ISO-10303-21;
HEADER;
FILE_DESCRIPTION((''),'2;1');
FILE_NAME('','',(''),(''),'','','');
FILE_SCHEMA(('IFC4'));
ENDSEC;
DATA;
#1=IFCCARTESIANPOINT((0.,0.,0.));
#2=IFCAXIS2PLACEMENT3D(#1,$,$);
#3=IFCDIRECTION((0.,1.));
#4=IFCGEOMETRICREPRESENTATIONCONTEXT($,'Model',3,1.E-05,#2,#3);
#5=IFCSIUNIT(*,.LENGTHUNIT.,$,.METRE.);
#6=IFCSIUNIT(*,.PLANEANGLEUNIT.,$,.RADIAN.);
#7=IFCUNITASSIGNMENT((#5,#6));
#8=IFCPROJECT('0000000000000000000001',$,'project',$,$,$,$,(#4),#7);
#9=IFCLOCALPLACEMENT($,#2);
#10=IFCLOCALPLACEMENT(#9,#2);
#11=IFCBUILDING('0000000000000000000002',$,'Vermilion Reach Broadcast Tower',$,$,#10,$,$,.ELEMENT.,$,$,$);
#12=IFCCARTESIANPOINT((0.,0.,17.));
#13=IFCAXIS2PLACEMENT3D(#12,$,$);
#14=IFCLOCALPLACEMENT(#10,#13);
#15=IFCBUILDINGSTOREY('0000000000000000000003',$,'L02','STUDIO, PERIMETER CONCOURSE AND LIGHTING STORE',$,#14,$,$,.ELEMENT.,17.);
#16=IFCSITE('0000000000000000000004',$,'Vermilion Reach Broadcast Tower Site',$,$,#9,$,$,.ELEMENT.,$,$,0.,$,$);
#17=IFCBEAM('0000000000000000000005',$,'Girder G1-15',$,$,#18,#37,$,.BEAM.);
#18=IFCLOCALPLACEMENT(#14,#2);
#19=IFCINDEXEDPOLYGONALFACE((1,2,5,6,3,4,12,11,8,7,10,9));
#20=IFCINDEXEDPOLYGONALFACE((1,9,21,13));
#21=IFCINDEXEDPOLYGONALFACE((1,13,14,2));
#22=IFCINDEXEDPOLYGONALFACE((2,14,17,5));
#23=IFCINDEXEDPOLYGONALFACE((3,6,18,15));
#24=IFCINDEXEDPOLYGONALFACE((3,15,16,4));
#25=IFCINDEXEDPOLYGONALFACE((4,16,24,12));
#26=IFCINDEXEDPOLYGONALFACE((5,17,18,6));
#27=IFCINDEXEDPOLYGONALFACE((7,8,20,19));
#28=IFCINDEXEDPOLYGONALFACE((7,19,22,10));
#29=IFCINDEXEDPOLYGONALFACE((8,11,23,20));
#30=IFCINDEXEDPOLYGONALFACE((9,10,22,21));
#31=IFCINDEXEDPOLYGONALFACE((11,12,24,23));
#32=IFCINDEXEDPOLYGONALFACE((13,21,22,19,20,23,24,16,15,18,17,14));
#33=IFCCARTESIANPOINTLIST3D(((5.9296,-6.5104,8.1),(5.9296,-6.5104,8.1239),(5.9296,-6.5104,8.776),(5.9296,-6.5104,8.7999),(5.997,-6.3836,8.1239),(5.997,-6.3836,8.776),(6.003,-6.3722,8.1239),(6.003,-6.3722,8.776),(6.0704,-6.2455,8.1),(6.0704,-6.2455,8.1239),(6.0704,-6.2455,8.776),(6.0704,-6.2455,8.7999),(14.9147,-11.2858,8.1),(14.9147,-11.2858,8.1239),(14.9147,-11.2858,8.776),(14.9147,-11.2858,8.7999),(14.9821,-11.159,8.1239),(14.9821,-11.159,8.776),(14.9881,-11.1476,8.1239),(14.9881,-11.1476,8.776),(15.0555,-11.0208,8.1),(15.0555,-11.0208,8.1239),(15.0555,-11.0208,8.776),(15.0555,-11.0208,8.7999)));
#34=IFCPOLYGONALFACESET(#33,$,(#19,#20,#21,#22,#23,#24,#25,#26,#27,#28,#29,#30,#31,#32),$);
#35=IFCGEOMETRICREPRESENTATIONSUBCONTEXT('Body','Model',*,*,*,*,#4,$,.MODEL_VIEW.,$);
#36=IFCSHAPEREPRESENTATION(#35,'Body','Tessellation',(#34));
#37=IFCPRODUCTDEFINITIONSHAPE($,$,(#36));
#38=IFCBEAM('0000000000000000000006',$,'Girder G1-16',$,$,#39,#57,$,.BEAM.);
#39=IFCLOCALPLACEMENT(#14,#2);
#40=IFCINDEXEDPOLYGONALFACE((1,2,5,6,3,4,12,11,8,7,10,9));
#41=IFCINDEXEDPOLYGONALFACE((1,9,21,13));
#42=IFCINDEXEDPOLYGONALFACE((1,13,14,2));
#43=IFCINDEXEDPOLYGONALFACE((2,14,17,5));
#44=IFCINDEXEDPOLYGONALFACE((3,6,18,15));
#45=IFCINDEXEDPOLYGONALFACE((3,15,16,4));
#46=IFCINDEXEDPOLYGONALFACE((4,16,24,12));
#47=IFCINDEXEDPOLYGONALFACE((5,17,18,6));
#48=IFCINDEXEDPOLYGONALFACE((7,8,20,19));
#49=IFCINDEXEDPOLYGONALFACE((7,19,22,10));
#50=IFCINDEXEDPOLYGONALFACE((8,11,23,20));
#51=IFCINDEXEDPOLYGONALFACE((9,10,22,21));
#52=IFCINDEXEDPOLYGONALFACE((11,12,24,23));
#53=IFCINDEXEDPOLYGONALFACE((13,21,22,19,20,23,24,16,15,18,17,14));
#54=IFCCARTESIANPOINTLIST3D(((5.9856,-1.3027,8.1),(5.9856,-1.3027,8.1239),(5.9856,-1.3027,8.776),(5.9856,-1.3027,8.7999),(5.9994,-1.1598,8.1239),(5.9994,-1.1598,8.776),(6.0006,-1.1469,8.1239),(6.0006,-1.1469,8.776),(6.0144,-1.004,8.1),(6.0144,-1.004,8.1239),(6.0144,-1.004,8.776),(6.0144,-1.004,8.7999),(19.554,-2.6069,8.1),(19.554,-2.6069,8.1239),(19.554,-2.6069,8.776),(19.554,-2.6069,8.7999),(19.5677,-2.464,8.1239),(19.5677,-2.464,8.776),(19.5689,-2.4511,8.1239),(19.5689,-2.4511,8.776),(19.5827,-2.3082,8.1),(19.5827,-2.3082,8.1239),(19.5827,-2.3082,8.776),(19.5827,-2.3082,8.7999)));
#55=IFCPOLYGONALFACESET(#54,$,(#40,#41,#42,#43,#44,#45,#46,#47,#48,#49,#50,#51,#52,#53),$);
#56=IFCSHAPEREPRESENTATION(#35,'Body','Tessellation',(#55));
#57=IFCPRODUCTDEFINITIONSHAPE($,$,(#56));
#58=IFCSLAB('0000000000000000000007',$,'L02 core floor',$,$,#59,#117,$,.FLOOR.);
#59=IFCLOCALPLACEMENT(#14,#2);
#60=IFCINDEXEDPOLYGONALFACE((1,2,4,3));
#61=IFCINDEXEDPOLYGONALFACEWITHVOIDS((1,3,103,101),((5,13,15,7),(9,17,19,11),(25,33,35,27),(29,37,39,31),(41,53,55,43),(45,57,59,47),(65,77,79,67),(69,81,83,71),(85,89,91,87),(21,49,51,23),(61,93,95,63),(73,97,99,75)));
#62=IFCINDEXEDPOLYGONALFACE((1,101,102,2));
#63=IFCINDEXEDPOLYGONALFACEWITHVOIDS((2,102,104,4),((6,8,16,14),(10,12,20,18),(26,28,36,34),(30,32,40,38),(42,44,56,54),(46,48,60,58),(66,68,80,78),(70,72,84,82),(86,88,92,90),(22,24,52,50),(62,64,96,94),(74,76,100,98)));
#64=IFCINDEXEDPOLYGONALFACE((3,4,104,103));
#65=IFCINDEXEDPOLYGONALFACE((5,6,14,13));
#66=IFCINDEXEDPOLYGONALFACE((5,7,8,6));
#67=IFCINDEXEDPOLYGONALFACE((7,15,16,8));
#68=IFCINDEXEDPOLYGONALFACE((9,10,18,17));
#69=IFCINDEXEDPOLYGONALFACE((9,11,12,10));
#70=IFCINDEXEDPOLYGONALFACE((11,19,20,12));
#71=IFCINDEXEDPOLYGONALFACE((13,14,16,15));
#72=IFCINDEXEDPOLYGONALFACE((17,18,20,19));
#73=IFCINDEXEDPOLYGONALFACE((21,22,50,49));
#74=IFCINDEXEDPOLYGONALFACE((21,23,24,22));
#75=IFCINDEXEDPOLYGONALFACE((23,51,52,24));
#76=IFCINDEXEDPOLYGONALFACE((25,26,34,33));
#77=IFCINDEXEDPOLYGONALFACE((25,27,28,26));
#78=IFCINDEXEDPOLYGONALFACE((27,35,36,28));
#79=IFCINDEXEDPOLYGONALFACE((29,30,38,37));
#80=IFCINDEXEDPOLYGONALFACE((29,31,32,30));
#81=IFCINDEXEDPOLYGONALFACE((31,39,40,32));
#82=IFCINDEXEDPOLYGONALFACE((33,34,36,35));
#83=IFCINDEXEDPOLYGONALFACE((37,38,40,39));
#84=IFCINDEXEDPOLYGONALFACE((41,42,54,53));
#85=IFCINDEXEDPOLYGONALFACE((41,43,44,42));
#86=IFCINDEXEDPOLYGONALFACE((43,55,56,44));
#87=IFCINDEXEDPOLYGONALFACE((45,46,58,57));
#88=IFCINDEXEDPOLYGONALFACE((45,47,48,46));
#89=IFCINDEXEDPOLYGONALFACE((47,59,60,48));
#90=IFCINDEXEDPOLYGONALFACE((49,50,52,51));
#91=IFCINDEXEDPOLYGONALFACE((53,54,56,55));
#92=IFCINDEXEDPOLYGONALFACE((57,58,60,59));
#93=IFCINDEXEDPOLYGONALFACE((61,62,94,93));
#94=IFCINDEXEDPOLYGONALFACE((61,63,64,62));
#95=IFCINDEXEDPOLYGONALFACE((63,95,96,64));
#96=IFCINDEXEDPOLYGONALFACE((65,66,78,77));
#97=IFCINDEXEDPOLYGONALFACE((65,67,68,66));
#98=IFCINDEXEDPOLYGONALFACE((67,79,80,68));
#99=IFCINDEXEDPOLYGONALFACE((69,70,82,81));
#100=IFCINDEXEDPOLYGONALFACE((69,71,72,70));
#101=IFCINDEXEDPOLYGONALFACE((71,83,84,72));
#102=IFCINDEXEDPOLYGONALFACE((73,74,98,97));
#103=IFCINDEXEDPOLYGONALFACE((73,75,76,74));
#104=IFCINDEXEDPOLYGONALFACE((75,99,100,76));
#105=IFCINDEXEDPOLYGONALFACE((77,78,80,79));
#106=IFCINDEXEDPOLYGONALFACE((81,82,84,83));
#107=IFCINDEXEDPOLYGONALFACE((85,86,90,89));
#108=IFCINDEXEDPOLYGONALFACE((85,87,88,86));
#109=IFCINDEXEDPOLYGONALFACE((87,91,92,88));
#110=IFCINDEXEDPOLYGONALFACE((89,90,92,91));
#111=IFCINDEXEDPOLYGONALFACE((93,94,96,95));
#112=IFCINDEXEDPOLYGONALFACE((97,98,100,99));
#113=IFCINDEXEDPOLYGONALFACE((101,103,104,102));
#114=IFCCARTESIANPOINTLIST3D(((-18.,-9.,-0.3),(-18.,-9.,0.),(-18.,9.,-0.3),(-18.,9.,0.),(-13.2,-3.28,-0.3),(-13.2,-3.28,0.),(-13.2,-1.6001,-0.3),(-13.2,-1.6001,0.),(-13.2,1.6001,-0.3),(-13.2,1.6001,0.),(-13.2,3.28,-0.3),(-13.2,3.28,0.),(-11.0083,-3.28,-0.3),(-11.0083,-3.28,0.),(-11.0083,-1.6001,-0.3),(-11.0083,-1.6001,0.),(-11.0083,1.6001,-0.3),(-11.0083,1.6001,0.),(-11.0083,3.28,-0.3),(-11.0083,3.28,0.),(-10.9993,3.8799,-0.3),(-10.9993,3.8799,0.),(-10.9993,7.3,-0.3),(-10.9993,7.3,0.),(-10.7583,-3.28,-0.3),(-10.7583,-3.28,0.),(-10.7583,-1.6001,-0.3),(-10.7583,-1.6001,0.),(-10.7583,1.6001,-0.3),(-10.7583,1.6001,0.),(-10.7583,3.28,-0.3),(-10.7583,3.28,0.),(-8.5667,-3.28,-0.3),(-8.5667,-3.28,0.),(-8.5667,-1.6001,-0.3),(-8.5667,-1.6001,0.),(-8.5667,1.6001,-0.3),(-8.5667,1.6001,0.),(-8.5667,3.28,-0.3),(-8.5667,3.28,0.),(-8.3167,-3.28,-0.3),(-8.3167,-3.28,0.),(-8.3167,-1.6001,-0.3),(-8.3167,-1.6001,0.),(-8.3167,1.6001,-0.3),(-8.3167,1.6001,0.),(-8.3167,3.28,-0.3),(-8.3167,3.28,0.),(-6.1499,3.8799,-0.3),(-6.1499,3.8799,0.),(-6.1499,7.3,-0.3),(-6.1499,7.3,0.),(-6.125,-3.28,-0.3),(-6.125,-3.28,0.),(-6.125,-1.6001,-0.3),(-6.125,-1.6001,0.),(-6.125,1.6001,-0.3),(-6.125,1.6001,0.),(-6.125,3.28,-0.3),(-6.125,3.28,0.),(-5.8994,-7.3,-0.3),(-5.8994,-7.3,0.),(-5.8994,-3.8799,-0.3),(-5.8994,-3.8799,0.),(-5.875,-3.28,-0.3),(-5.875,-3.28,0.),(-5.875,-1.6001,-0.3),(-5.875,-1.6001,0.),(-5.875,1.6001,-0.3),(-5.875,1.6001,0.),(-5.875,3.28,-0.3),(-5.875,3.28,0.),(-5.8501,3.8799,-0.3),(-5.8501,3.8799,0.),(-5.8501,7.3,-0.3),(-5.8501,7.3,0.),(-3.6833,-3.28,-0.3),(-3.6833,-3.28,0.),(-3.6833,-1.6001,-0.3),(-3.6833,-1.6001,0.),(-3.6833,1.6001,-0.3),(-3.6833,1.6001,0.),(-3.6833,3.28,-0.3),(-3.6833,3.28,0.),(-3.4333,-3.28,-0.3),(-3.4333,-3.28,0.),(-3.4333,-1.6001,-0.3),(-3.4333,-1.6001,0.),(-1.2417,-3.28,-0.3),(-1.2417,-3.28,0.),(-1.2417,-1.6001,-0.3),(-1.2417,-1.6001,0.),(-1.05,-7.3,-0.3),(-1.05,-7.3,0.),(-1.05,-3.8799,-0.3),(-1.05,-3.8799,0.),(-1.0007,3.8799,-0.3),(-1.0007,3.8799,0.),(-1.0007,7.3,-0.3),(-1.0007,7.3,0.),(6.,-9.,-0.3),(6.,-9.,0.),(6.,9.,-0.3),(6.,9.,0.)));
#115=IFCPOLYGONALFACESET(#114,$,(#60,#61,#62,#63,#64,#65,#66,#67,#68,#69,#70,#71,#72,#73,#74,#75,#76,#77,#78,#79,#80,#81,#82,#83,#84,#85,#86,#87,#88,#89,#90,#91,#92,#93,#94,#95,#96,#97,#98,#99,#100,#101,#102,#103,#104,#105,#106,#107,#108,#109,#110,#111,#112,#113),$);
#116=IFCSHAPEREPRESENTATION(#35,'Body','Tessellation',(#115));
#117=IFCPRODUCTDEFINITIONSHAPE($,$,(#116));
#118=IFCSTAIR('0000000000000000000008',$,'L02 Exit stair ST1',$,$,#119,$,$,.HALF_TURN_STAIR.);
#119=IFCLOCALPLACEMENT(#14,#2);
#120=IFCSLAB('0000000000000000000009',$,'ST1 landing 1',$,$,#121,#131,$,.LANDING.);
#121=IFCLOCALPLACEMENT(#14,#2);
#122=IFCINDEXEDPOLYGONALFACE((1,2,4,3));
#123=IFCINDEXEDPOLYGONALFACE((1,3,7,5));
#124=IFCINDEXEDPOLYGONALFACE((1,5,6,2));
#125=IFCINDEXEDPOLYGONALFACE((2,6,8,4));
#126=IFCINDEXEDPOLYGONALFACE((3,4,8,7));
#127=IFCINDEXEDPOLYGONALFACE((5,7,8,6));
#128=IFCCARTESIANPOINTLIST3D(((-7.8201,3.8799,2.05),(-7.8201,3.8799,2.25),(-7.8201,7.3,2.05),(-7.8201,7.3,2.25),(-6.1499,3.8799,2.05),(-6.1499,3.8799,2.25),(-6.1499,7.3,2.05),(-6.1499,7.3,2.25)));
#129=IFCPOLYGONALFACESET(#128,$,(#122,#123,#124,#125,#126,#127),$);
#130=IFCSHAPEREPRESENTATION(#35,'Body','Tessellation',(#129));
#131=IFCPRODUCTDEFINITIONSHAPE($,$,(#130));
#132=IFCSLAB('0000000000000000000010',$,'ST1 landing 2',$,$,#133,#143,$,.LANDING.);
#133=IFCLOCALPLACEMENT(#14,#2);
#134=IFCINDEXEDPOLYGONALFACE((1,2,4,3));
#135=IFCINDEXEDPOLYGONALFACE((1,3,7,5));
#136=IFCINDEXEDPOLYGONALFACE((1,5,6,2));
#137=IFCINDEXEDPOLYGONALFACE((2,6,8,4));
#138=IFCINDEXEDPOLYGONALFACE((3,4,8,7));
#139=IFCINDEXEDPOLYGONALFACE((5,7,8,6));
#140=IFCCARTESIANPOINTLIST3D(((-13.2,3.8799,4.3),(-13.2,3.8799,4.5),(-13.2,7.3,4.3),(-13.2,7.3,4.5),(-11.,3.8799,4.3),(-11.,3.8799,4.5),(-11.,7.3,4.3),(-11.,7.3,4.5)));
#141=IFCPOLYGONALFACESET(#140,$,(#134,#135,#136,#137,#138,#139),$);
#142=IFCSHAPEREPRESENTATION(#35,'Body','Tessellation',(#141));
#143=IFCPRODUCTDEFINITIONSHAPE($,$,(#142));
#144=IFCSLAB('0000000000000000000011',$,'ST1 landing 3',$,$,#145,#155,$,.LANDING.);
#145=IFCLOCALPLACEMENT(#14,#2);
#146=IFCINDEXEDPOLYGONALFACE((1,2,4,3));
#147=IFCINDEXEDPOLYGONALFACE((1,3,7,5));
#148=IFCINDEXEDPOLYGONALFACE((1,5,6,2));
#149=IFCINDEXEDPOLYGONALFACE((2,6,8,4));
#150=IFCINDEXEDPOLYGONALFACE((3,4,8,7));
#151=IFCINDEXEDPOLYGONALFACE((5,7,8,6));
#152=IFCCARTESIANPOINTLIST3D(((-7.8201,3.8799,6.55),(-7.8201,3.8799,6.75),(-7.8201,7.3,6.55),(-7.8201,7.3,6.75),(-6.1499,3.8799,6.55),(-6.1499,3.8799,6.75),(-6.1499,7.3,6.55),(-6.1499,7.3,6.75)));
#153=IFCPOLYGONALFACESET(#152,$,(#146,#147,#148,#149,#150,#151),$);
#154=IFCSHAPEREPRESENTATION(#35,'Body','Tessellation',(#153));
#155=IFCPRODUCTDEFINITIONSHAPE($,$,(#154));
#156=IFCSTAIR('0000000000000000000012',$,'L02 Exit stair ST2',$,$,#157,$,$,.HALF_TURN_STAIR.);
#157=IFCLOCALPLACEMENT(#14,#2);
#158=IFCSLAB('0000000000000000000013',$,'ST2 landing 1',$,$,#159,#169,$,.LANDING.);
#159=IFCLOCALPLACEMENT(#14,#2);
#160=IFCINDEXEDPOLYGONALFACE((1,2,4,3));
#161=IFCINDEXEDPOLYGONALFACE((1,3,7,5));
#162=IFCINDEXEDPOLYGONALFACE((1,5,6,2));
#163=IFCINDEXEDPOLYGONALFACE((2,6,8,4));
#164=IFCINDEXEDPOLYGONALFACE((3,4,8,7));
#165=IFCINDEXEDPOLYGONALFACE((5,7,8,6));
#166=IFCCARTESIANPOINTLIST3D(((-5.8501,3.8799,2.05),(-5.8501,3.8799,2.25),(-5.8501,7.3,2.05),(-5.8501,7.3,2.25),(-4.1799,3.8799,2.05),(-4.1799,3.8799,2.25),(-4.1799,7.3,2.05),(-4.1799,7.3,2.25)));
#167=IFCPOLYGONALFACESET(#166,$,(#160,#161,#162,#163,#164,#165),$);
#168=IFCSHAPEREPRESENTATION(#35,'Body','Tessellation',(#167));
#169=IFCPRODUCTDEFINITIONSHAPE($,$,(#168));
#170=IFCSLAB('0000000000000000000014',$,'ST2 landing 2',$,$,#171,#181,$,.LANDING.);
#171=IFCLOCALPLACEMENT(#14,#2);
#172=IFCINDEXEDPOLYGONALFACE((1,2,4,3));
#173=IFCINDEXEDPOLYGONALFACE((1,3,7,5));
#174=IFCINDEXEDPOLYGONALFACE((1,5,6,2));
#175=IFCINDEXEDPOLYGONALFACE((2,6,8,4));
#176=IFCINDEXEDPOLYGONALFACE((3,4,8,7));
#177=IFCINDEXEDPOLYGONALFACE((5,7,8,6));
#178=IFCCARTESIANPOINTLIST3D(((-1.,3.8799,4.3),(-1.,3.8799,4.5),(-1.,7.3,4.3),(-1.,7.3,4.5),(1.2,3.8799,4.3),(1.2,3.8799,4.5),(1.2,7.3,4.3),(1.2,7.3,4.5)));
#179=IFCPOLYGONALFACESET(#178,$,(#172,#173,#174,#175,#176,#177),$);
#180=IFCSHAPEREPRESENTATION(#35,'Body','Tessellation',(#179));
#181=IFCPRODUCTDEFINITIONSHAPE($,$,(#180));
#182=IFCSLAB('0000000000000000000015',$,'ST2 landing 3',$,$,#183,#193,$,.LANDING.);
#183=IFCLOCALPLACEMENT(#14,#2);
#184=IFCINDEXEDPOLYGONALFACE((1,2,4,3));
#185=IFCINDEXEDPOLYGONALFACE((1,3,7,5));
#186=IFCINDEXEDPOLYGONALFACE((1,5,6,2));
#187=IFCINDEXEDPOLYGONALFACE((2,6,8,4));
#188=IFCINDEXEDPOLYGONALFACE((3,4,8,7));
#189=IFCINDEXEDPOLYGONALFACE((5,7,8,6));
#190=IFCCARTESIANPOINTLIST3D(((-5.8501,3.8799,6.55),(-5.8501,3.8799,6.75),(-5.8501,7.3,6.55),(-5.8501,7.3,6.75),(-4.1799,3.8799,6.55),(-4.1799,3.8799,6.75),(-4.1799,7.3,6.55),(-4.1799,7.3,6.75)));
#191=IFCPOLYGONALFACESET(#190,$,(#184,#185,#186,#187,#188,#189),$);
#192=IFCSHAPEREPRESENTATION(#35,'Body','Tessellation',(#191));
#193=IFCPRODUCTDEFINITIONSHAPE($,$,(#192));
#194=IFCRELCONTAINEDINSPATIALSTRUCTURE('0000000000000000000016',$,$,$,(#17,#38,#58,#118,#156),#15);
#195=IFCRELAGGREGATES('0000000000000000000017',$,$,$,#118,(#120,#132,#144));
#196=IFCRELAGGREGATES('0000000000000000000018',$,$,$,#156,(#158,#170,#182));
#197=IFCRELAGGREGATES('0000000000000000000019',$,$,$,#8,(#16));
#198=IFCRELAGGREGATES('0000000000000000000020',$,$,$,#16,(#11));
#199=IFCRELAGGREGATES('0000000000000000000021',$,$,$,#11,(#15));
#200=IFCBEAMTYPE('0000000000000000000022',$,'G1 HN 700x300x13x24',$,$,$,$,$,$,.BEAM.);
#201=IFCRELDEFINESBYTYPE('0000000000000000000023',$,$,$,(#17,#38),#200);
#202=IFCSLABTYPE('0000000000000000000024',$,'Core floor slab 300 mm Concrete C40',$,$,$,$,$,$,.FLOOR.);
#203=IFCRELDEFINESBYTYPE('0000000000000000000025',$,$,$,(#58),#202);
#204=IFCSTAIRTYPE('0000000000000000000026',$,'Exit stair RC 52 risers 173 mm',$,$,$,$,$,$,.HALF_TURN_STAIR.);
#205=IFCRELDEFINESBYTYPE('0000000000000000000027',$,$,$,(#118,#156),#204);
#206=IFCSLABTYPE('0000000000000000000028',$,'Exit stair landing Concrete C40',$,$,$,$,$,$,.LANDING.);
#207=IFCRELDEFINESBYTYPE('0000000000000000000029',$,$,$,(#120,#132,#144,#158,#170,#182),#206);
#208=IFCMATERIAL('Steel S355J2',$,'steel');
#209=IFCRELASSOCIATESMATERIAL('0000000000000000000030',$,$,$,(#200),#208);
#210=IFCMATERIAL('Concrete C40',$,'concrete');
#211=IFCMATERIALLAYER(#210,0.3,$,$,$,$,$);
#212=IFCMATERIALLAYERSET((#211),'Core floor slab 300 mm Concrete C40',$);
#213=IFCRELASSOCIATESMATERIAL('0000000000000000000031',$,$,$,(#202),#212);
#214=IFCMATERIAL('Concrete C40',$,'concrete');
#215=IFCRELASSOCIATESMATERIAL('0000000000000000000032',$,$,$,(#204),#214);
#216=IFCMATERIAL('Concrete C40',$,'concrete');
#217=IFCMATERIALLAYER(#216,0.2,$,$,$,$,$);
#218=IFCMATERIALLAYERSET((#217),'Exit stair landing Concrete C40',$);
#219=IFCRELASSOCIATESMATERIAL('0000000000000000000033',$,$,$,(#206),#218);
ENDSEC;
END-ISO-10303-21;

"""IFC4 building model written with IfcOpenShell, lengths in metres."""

from ifc_helpers import new_model, si_unit, direction, frame, origin, origin_2d, place, context, subcontext, project, spatial, polyline, i_section, outline, extrude, material, layer, layer_set, material_profile, profile_set, type_object, element, aggregate, save


model = new_model("IFC4")

# Units and contexts
model_context = context("Model", 3, precision=1e-05, world=origin(), true_north=direction((0.0, 1.0)))
body_context = subcontext(model_context, "Body", "Model", "MODEL_VIEW")
ifc_project = project(units=[si_unit("LENGTHUNIT", "METRE"), si_unit("PLANEANGLEUNIT", "RADIAN")], contexts=[model_context])

# Site, building, storey
site_placement = place(None, origin())
site = spatial("IfcSite", under=ifc_project, at=site_placement, Name="Vermilion Reach Broadcast Tower Site", CompositionType="ELEMENT", RefElevation=0.0)
building_placement = place(site_placement, origin())
building = spatial("IfcBuilding", under=site, at=building_placement, Name="Vermilion Reach Broadcast Tower", CompositionType="ELEMENT")
storey_placement = place(building_placement, frame((0.0, 0.0, 17.0)))
storey = spatial("IfcBuildingStorey", under=building, at=storey_placement, Name="L02", Description="STUDIO, PERIMETER CONCOURSE AND LIGHTING STORE", CompositionType="ELEMENT", Elevation=17.0)

# Beams
ifc_material_1 = material(Name="Steel S355J2", Category="steel")
ifc_material_profile = material_profile(ifc_material_1, i_section(OverallWidth=0.3, OverallDepth=0.7, WebThickness=0.0129, FlangeThickness=0.0239, at=origin_2d()), Name="S355J2 HN 700x300x13x24")
ifc_profile_set = profile_set([ifc_material_profile], Name="Steel S355J2")
beam_type = type_object("IfcBeamType", Name="G1 HN 700x300x13x24", PredefinedType="BEAM", material=ifc_profile_set)
beam_1_placement = place(storey_placement, frame((6.0, -6.3779, 8.45), z_axis=(0.883032, -0.469313, 0.0), x_axis=(0.469313, 0.883032, 0.0)))
element("IfcBeam", 1, at=beam_1_placement, inside=storey, type_object=beam_type, Name="Girder G1-15", PredefinedType="BEAM", context=body_context, shape_type="SweptSolid", body=[
    extrude(i_section(OverallWidth=0.3, OverallDepth=0.7, WebThickness=0.0129, FlangeThickness=0.0239, at=origin_2d()), origin(), (0.0, 0.0, 1.0), 10.1753),
])
beam_2_placement = place(storey_placement, frame((6.0, -1.1533, 8.45), z_axis=(0.995412, -0.09568, 0.0), x_axis=(0.09568, 0.995412, 0.0)))
element("IfcBeam", 2, at=beam_2_placement, inside=storey, type_object=beam_type, Name="Girder G1-16", PredefinedType="BEAM", context=body_context, shape_type="SweptSolid", body=[
    extrude(i_section(OverallWidth=0.3, OverallDepth=0.7, WebThickness=0.0129, FlangeThickness=0.0239, at=origin_2d()), origin(), (0.0, 0.0, 1.0), 13.6309),
])

# Slab
ifc_material_2 = material(Name="Concrete C40", Category="concrete")
ifc_layer_1 = layer(ifc_material_2, 0.3)
ifc_layer_set_1 = layer_set([ifc_layer_1], Name="Core floor slab 300 mm Concrete C40")
slab_type_1 = type_object("IfcSlabType", Name="Core floor slab 300 mm Concrete C40", PredefinedType="FLOOR", material=ifc_layer_set_1)
slab_1_placement = place(storey_placement, frame((0.0, 0.0, -0.3)))
element("IfcSlab", 3, at=slab_1_placement, inside=storey, type_object=slab_type_1, Name="L02 core floor", PredefinedType="FLOOR", context=body_context, shape_type="SweptSolid", body=[
    extrude(outline(polyline([(-18.0, -9.0), (6.0, -9.0), (6.0, 9.0), (-18.0, 9.0), (-18.0, -9.0)]), holes=[polyline([(-13.2, 1.6001), (-11.0083, 1.6001), (-11.0083, 3.28), (-13.2, 3.28), (-13.2, 1.6001)]), polyline([(-10.7583, 1.6001), (-8.5667, 1.6001), (-8.5667, 3.28), (-10.7583, 3.28), (-10.7583, 1.6001)]), polyline([(-8.3167, 1.6001), (-6.125, 1.6001), (-6.125, 3.28), (-8.3167, 3.28), (-8.3167, 1.6001)]), polyline([(-5.875, 1.6001), (-3.6833, 1.6001), (-3.6833, 3.28), (-5.875, 3.28), (-5.875, 1.6001)]), polyline([(-13.2, -3.28), (-11.0083, -3.28), (-11.0083, -1.6001), (-13.2, -1.6001), (-13.2, -3.28)]), polyline([(-10.7583, -3.28), (-8.5667, -3.28), (-8.5667, -1.6001), (-10.7583, -1.6001), (-10.7583, -3.28)]), polyline([(-8.3167, -3.28), (-6.125, -3.28), (-6.125, -1.6001), (-8.3167, -1.6001), (-8.3167, -3.28)]), polyline([(-5.875, -3.28), (-3.6833, -3.28), (-3.6833, -1.6001), (-5.875, -1.6001), (-5.875, -3.28)]), polyline([(-3.4333, -3.28), (-1.2417, -3.28), (-1.2417, -1.6001), (-3.4333, -1.6001), (-3.4333, -3.28)]), polyline([(-10.9993, 3.8799), (-6.1499, 3.8799), (-6.1499, 7.3), (-10.9993, 7.3), (-10.9993, 3.8799)]), polyline([(-1.0007, 7.3), (-5.8501, 7.3), (-5.8501, 3.8799), (-1.0007, 3.8799), (-1.0007, 7.3)]), polyline([(-5.8994, -7.3), (-1.05, -7.3), (-1.05, -3.8799), (-5.8994, -3.8799), (-5.8994, -7.3)])]), origin(), (0.0, 0.0, 1.0), 0.3),
])

# Stairs, slabs
ifc_material_3 = material(Name="Concrete C40", Category="concrete")
stair_type = type_object("IfcStairType", Name="Exit stair RC 52 risers 173 mm", PredefinedType="HALF_TURN_STAIR", material=ifc_material_3)
placement_1 = place(storey_placement, origin())
stair_1 = element("IfcStair", 4, at=placement_1, inside=storey, type_object=stair_type, Name="L02 Exit stair ST1", PredefinedType="HALF_TURN_STAIR")
ifc_material_4 = material(Name="Concrete C40", Category="concrete")
ifc_layer_2 = layer(ifc_material_4, 0.2)
ifc_layer_set_2 = layer_set([ifc_layer_2], Name="Exit stair landing Concrete C40")
slab_type_2 = type_object("IfcSlabType", Name="Exit stair landing Concrete C40", PredefinedType="LANDING", material=ifc_layer_set_2)
placement_2 = place(storey_placement, frame((0.0, 0.0, 2.05)))
slab_2 = element("IfcSlab", 5, at=placement_2, type_object=slab_type_2, Name="ST1 landing 1", PredefinedType="LANDING", context=body_context, shape_type="SweptSolid", body=[
    extrude(outline(polyline([(-7.8201, 3.8799), (-6.1499, 3.8799), (-6.1499, 7.3), (-7.8201, 7.3), (-7.8201, 3.8799)])), origin(), (0.0, 0.0, 1.0), 0.2),
])
placement_3 = place(storey_placement, frame((0.0, 0.0, 4.3)))
slab_3 = element("IfcSlab", 6, at=placement_3, type_object=slab_type_2, Name="ST1 landing 2", PredefinedType="LANDING", context=body_context, shape_type="SweptSolid", body=[
    extrude(outline(polyline([(-13.2, 3.8799), (-11.0, 3.8799), (-11.0, 7.3), (-13.2, 7.3), (-13.2, 3.8799)])), origin(), (0.0, 0.0, 1.0), 0.2),
])
placement_4 = place(storey_placement, frame((0.0, 0.0, 6.55)))
slab_4 = element("IfcSlab", 7, at=placement_4, type_object=slab_type_2, Name="ST1 landing 3", PredefinedType="LANDING", context=body_context, shape_type="SweptSolid", body=[
    extrude(outline(polyline([(-7.8201, 3.8799), (-6.1499, 3.8799), (-6.1499, 7.3), (-7.8201, 7.3), (-7.8201, 3.8799)])), origin(), (0.0, 0.0, 1.0), 0.2),
])
aggregate(stair_1, [slab_2, slab_3, slab_4])
stair_2 = element("IfcStair", 8, at=placement_1, inside=storey, type_object=stair_type, Name="L02 Exit stair ST2", PredefinedType="HALF_TURN_STAIR")
slab_5 = element("IfcSlab", 9, at=placement_2, type_object=slab_type_2, Name="ST2 landing 1", PredefinedType="LANDING", context=body_context, shape_type="SweptSolid", body=[
    extrude(outline(polyline([(-4.1799, 7.3), (-5.8501, 7.3), (-5.8501, 3.8799), (-4.1799, 3.8799), (-4.1799, 7.3)])), origin(), (0.0, 0.0, 1.0), 0.2),
])
slab_6 = element("IfcSlab", 10, at=placement_3, type_object=slab_type_2, Name="ST2 landing 2", PredefinedType="LANDING", context=body_context, shape_type="SweptSolid", body=[
    extrude(outline(polyline([(1.2, 7.3), (-1.0, 7.3), (-1.0, 3.8799), (1.2, 3.8799), (1.2, 7.3)])), origin(), (0.0, 0.0, 1.0), 0.2),
])
slab_7 = element("IfcSlab", 11, at=placement_4, type_object=slab_type_2, Name="ST2 landing 3", PredefinedType="LANDING", context=body_context, shape_type="SweptSolid", body=[
    extrude(outline(polyline([(-4.1799, 7.3), (-5.8501, 7.3), (-5.8501, 3.8799), (-4.1799, 3.8799), (-4.1799, 7.3)])), origin(), (0.0, 0.0, 1.0), 0.2),
])
aggregate(stair_2, [slab_5, slab_6, slab_7])

save(model, "model.ifc")
